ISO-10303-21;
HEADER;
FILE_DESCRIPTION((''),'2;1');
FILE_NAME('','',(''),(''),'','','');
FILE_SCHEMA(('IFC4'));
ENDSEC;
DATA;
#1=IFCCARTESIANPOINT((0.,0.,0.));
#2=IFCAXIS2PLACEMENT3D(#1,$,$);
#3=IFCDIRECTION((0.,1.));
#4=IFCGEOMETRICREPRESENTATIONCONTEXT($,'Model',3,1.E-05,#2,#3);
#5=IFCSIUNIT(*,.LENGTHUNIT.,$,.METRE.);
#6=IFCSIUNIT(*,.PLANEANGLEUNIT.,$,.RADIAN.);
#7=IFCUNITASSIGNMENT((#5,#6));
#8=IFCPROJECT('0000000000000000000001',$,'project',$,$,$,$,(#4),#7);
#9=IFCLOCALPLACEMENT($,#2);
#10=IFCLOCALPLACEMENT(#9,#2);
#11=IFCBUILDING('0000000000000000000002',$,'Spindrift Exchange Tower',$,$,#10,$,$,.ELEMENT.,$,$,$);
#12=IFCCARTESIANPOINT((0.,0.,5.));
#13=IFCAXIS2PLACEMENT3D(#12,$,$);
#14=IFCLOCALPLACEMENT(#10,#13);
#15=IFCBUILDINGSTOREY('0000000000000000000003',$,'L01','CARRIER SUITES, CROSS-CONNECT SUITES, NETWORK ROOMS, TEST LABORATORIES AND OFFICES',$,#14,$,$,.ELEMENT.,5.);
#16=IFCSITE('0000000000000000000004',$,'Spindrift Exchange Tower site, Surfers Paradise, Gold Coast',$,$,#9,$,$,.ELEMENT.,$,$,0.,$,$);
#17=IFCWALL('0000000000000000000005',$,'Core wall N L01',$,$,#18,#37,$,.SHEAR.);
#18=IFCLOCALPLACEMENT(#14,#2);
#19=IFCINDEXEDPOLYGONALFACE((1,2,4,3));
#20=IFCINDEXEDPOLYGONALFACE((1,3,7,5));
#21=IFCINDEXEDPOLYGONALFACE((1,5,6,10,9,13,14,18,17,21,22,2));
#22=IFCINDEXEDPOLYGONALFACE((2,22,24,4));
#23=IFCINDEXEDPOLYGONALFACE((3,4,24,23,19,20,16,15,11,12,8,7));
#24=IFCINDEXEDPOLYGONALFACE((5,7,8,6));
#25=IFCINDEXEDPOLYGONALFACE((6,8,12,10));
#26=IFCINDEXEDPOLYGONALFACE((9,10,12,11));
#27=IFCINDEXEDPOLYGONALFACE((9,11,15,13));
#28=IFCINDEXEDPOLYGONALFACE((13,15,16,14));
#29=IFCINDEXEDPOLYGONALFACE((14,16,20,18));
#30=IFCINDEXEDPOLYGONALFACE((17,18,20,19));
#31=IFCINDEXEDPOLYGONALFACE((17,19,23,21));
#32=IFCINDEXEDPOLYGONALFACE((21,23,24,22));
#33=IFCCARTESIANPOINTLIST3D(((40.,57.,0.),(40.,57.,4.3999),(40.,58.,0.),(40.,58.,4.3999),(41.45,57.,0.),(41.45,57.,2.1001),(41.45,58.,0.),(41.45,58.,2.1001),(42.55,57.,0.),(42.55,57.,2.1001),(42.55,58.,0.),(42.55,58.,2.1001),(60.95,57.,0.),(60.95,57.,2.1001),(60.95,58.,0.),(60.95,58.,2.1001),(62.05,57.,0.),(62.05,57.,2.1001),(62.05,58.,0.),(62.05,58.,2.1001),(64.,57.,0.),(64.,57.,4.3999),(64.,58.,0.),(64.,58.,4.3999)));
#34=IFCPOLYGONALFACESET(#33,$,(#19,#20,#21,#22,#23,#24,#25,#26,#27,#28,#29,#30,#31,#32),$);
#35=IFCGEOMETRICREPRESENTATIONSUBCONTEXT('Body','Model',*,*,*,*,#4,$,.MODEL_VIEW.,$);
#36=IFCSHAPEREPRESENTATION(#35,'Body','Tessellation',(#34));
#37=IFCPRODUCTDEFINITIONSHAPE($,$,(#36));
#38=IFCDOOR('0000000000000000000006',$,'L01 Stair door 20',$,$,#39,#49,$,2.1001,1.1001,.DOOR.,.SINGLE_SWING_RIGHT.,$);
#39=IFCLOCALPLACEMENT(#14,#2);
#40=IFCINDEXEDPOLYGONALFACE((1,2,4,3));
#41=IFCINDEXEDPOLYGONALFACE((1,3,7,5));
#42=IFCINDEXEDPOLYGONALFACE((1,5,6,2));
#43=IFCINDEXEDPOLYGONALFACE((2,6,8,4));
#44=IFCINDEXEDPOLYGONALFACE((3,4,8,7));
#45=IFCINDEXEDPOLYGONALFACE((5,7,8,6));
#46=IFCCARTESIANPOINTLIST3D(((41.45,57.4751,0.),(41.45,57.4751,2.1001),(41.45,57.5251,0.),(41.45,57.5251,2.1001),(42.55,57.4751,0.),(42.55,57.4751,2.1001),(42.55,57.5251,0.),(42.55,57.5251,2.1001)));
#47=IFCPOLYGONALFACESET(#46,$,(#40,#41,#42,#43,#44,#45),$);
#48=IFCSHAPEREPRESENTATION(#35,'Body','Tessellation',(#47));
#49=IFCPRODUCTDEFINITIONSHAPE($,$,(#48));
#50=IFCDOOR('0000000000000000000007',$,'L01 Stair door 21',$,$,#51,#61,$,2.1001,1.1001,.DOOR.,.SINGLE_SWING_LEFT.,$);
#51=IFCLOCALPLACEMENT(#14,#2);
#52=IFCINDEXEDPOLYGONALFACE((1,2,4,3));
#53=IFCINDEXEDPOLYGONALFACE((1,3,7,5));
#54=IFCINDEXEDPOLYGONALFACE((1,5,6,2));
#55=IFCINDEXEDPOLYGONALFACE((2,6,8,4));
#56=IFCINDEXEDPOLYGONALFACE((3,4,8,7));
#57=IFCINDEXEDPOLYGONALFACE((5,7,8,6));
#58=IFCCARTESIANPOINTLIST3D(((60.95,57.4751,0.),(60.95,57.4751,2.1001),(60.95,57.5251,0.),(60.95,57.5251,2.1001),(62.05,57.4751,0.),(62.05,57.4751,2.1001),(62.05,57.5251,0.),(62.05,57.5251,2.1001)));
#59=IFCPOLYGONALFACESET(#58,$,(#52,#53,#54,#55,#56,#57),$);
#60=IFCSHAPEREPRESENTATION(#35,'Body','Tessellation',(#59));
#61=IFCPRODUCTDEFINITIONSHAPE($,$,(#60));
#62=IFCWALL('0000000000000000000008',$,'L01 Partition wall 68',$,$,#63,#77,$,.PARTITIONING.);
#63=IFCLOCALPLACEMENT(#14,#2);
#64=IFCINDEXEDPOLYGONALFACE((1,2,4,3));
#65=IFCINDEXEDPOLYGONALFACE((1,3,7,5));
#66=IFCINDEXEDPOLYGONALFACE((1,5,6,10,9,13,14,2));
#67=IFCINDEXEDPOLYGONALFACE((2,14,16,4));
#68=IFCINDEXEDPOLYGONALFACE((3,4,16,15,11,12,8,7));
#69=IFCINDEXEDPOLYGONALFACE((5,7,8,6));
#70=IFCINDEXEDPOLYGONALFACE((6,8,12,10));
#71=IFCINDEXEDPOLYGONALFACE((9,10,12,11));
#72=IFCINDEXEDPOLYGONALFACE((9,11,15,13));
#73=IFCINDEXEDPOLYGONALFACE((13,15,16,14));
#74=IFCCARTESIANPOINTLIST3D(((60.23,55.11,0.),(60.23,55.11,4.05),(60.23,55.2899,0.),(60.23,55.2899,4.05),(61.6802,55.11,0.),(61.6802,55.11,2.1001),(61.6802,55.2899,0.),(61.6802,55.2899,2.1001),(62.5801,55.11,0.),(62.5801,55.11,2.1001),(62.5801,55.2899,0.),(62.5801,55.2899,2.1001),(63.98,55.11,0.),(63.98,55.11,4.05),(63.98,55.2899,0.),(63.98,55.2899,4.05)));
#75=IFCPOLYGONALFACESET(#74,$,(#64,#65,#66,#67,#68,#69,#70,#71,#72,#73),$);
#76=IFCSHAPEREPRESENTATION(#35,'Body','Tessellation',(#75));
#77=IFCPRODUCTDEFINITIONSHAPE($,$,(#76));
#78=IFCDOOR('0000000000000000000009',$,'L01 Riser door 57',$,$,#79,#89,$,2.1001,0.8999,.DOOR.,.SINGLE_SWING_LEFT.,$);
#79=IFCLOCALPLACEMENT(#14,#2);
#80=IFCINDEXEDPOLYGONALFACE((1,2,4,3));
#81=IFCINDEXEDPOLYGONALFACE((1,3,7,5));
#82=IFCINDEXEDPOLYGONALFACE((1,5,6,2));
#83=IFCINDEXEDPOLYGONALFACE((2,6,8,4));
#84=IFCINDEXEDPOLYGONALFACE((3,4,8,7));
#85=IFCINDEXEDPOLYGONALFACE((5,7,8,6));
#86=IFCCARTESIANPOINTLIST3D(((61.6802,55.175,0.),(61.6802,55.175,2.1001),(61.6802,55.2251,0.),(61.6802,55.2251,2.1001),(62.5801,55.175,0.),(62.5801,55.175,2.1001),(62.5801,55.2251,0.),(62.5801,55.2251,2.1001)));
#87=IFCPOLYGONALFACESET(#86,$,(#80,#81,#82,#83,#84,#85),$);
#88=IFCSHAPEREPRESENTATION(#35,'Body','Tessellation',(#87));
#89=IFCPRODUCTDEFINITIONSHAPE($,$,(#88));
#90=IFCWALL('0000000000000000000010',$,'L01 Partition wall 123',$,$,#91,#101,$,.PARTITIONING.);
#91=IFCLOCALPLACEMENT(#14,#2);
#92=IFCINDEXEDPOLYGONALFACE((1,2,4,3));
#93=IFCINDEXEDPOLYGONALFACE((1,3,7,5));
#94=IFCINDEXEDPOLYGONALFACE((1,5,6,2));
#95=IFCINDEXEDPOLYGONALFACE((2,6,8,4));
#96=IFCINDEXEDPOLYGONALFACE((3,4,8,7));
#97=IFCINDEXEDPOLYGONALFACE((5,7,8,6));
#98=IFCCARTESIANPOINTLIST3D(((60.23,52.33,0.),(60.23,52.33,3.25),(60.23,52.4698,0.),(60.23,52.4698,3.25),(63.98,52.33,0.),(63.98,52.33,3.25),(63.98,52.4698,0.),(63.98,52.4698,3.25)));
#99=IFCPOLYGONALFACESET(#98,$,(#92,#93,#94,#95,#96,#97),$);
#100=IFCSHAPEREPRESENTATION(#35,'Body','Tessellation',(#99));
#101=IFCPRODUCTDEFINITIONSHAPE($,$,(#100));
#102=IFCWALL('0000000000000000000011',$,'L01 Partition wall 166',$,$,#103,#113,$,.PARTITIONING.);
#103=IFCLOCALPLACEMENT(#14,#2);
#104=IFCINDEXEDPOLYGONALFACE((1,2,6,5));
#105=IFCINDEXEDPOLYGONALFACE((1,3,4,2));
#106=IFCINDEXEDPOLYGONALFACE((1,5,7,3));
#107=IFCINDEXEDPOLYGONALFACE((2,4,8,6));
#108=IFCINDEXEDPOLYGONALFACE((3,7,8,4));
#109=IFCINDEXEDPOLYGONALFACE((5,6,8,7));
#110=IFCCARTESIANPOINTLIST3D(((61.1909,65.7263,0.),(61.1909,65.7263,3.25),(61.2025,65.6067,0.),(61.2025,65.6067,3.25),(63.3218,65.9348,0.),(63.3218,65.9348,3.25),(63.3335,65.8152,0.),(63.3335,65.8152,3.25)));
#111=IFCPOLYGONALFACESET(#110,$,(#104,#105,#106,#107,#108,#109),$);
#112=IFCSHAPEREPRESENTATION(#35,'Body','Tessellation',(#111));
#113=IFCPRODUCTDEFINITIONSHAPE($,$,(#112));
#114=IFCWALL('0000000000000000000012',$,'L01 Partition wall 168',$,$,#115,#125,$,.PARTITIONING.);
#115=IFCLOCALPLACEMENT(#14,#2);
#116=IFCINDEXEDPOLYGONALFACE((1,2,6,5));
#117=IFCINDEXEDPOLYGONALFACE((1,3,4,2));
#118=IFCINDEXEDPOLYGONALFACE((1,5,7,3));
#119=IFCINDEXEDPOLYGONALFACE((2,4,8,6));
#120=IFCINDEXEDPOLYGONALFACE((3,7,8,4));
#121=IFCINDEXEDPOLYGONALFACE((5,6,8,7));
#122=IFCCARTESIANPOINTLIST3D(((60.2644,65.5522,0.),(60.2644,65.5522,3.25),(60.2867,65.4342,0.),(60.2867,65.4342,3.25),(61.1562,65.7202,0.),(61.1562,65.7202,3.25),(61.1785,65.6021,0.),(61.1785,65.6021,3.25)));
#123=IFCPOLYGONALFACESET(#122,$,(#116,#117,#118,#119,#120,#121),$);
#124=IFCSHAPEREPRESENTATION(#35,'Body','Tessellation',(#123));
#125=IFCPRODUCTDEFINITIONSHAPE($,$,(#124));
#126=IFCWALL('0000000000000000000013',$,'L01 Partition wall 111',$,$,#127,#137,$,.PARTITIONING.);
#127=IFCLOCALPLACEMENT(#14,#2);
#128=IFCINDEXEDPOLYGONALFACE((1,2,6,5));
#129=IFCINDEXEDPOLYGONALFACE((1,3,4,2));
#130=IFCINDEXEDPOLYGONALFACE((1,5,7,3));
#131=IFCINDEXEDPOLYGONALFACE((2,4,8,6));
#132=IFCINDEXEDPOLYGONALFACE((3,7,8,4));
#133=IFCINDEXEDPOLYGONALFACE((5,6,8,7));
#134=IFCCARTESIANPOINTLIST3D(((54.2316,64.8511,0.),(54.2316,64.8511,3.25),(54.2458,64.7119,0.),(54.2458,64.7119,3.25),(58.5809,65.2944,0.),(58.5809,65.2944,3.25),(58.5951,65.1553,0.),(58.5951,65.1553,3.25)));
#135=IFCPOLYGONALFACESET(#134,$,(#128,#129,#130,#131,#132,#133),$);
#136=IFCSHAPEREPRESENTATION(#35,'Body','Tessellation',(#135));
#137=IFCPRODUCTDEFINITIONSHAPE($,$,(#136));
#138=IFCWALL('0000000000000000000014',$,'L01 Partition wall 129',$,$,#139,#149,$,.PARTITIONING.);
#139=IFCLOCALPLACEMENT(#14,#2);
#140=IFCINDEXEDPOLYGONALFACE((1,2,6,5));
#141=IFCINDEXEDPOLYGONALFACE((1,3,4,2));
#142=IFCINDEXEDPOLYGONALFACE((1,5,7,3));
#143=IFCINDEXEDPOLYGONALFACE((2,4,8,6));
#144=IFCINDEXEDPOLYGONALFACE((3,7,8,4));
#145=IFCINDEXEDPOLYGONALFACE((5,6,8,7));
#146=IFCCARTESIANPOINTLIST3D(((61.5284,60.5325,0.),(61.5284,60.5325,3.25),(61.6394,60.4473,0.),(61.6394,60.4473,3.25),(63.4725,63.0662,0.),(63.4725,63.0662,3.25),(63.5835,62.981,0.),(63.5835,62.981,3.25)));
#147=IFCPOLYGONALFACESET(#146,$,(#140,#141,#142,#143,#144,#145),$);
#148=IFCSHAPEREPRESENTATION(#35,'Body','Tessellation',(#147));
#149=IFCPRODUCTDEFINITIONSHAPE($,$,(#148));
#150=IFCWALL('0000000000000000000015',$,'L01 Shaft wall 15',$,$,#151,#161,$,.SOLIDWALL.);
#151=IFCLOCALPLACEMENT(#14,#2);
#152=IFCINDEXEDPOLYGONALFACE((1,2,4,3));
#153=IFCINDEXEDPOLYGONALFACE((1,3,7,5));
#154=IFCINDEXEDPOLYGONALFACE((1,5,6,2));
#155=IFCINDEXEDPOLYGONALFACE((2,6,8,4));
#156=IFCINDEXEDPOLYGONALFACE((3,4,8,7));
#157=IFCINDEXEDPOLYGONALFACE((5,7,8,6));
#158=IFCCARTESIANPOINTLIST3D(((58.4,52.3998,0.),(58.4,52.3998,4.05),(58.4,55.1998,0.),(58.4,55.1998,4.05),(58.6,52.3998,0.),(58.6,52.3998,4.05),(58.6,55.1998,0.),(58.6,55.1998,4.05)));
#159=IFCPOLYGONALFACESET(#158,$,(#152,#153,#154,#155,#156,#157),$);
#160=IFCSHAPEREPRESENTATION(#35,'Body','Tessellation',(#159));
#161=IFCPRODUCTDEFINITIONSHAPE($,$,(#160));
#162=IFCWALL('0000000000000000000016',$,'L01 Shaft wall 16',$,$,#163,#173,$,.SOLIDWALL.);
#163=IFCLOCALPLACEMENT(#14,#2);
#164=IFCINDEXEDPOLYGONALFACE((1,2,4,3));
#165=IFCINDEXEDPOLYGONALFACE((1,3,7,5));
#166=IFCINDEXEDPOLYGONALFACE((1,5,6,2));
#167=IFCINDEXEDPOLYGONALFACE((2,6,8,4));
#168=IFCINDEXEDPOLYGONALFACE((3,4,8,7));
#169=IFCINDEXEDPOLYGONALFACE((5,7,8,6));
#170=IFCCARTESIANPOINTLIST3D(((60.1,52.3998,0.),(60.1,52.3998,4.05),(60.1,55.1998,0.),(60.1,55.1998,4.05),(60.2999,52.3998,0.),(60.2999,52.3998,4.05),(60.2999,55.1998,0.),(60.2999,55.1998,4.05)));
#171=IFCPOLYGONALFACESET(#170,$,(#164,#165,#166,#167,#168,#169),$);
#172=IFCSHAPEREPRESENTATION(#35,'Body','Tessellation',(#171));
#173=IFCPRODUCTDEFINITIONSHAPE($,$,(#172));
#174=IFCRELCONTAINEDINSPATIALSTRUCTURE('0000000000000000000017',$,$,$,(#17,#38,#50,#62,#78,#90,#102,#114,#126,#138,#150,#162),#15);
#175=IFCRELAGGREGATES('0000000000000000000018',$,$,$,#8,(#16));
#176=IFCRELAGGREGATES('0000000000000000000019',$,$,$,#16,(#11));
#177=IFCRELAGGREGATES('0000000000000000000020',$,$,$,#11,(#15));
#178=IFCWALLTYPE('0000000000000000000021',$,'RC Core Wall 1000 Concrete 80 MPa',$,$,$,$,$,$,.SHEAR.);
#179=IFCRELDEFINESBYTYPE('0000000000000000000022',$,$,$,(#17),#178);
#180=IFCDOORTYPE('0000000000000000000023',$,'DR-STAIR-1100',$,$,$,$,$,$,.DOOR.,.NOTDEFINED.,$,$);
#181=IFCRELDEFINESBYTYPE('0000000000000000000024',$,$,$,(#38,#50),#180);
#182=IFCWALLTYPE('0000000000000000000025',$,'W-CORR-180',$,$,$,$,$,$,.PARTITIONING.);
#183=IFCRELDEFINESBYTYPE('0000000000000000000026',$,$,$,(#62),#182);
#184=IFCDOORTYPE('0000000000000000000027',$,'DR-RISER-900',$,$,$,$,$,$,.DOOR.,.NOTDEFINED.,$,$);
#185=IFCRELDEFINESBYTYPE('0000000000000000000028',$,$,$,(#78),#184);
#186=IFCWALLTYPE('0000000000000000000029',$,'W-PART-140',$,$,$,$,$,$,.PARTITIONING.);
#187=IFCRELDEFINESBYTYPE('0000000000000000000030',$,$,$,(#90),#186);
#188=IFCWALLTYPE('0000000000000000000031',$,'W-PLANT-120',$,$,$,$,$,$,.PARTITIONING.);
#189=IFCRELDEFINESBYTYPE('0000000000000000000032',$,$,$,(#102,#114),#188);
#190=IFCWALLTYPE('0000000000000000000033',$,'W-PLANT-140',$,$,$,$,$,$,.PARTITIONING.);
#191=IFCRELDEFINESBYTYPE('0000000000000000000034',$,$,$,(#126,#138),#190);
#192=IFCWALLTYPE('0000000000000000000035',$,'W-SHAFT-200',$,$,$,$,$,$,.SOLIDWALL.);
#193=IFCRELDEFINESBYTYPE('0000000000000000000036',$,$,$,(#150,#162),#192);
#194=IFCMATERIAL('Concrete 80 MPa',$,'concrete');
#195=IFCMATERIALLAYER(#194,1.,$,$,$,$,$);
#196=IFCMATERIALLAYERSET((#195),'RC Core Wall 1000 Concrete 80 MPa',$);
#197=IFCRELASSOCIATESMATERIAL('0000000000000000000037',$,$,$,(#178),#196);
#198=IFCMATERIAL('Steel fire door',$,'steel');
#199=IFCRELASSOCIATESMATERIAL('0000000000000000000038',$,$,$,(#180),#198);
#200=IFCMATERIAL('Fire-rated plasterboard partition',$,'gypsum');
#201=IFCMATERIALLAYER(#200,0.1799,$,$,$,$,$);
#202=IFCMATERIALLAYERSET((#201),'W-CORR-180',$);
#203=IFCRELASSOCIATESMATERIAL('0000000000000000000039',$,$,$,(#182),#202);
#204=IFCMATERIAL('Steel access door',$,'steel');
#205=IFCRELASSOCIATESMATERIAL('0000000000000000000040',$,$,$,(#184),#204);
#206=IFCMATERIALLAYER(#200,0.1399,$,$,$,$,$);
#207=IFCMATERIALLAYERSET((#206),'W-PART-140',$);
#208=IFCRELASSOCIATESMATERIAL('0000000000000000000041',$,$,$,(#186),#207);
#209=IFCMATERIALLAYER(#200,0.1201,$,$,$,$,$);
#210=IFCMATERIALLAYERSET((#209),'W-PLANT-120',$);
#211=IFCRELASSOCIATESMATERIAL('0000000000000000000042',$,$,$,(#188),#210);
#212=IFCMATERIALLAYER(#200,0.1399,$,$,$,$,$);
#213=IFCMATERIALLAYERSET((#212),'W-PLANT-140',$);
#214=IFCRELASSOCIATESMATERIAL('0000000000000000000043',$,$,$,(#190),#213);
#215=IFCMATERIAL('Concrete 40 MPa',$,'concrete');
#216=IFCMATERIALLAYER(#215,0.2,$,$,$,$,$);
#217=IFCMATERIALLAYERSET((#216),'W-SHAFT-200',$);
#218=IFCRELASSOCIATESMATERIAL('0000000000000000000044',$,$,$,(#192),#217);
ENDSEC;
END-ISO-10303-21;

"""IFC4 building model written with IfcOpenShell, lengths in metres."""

from ifc_helpers import new_model, si_unit, direction, frame, frame_2d, origin, place, context, subcontext, project, spatial, rectangle, extrude, source, transform, mapped, material, layer, layer_set, type_object, element, fill, save


model = new_model("IFC4")

# Units and contexts
model_context = context("Model", 3, precision=1e-05, world=origin(), true_north=direction((0.0, 1.0)))
body_context = subcontext(model_context, "Body", "Model", "MODEL_VIEW")
ifc_project = project(units=[si_unit("LENGTHUNIT", "METRE"), si_unit("PLANEANGLEUNIT", "RADIAN")], contexts=[model_context])

# Site, building, storey
site_placement = place(None, origin())
site = spatial("IfcSite", under=ifc_project, at=site_placement, Name="Spindrift Exchange Tower site, Surfers Paradise, Gold Coast", CompositionType="ELEMENT", RefElevation=0.0)
building_placement = place(site_placement, origin())
building = spatial("IfcBuilding", under=site, at=building_placement, Name="Spindrift Exchange Tower", CompositionType="ELEMENT")
storey_placement = place(building_placement, frame((0.0, 0.0, 5.0)))
storey = spatial("IfcBuildingStorey", under=building, at=storey_placement, Name="L01", Description="CARRIER SUITES, CROSS-CONNECT SUITES, NETWORK ROOMS, TEST LABORATORIES AND OFFICES", CompositionType="ELEMENT", Elevation=5.0)

# Shared definitions
ifc_material_1 = material(Name="Concrete 80 MPa", Category="concrete")

# Wall, openings, doors
ifc_layer_1 = layer(ifc_material_1, 1.0)
ifc_layer_set_1 = layer_set([ifc_layer_1], Name="RC Core Wall 1000 Concrete 80 MPa")
wall_type_1 = type_object("IfcWallType", Name="RC Core Wall 1000 Concrete 80 MPa", PredefinedType="SHEAR", material=ifc_layer_set_1)
wall_1_placement = place(storey_placement, frame((64.0, 57.5, 0.0), z_axis=(0.0, 0.0, 1.0), x_axis=(-1.0, 0.0, 0.0)))
wall_1 = element("IfcWall", 1, at=wall_1_placement, inside=storey, type_object=wall_type_1, Name="Core wall N L01", PredefinedType="SHEAR", context=body_context, shape_type="SweptSolid", body=[
    extrude(rectangle(XDim=24.0, YDim=1.0, at=frame_2d((12.0, 0.0))), origin(), (0.0, 0.0, 1.0), 4.3999),
])
opening_1_placement = place(wall_1_placement, frame((21.45, 0.0, 0.0)))
opening_1 = element("IfcOpeningElement", 2, at=opening_1_placement, cuts=wall_1, PredefinedType="OPENING", context=body_context, shape_type="SweptSolid", body=[
    extrude(rectangle(XDim=1.1001, YDim=2.1001, at=frame_2d((0.55, 1.05))), frame((0.0, 0.51, 0.0), z_axis=(0.0, -1.0, 0.0), x_axis=(1.0, 0.0, 0.0)), (0.0, 0.0, 1.0), 1.02),
])
opening_2_placement = place(wall_1_placement, frame((1.95, 0.0, 0.0)))
opening_2 = element("IfcOpeningElement", 3, at=opening_2_placement, cuts=wall_1, PredefinedType="OPENING", context=body_context, shape_type="SweptSolid", body=[
    extrude(rectangle(XDim=1.1001, YDim=2.1001, at=frame_2d((0.55, 1.05))), frame((0.0, 0.51, 0.0), z_axis=(0.0, -1.0, 0.0), x_axis=(1.0, 0.0, 0.0)), (0.0, 0.0, 1.0), 1.02),
])
ifc_material_2 = material(Name="Steel fire door", Category="steel")
door_type_1 = type_object("IfcDoorType", Name="DR-STAIR-1100", OperationType="NOTDEFINED", PredefinedType="DOOR", material=ifc_material_2)
shared_shape_1 = source(origin(), body_context, "Body", "SweptSolid", [
    extrude(rectangle(XDim=1.1001, YDim=2.1001, at=frame_2d((0.55, 1.05))), frame((0.0, 0.0249, 0.0), z_axis=(0.0, -1.0, 0.0), x_axis=(1.0, 0.0, 0.0)), (0.0, 0.0, 1.0), 0.05),
])
door_1_placement = place(opening_1_placement, origin())
door_1 = element("IfcDoor", 4, at=door_1_placement, inside=storey, type_object=door_type_1, Name="L01 Stair door 20", OperationType="SINGLE_SWING_RIGHT", OverallHeight=2.1001, OverallWidth=1.1001, PredefinedType="DOOR", context=body_context, shape_type="MappedRepresentation", body=[
    mapped(shared_shape_1, transform((0.0, 0.0, 0.0), scale=1.0)),
])
fill(opening_1, door_1)
door_2_placement = place(opening_2_placement, origin())
door_2 = element("IfcDoor", 5, at=door_2_placement, inside=storey, type_object=door_type_1, Name="L01 Stair door 21", OperationType="SINGLE_SWING_LEFT", OverallHeight=2.1001, OverallWidth=1.1001, PredefinedType="DOOR", context=body_context, shape_type="MappedRepresentation", body=[
    mapped(shared_shape_1, transform((0.0, 0.0, 0.0), scale=1.0)),
])
fill(opening_2, door_2)

# Wall, opening, door
ifc_material_3 = material(Name="Fire-rated plasterboard partition", Category="gypsum")
ifc_layer_2 = layer(ifc_material_3, 0.1799)
ifc_layer_set_2 = layer_set([ifc_layer_2], Name="W-CORR-180")
wall_type_2 = type_object("IfcWallType", Name="W-CORR-180", PredefinedType="PARTITIONING", material=ifc_layer_set_2)
wall_2_placement = place(storey_placement, frame((63.98, 55.2, 0.0), z_axis=(0.0, 0.0, 1.0), x_axis=(-1.0, 0.0, 0.0)))
wall_2 = element("IfcWall", 6, at=wall_2_placement, inside=storey, type_object=wall_type_2, Name="L01 Partition wall 68", PredefinedType="PARTITIONING", context=body_context, shape_type="SweptSolid", body=[
    extrude(rectangle(XDim=3.75, YDim=0.1799, at=frame_2d((1.875, 0.0))), origin(), (0.0, 0.0, 1.0), 4.05),
])
opening_3_placement = place(wall_2_placement, frame((1.3999, 0.0, 0.0)))
opening_3 = element("IfcOpeningElement", 7, at=opening_3_placement, cuts=wall_2, PredefinedType="OPENING", context=body_context, shape_type="SweptSolid", body=[
    extrude(rectangle(XDim=0.8999, YDim=2.1001, at=frame_2d((0.45, 1.05))), frame((0.0, 0.0999, 0.0), z_axis=(0.0, -1.0, 0.0), x_axis=(1.0, 0.0, 0.0)), (0.0, 0.0, 1.0), 0.2),
])
ifc_material_4 = material(Name="Steel access door", Category="steel")
door_type_2 = type_object("IfcDoorType", Name="DR-RISER-900", OperationType="NOTDEFINED", PredefinedType="DOOR", material=ifc_material_4)
shared_shape_2 = source(origin(), body_context, "Body", "SweptSolid", [
    extrude(rectangle(XDim=0.8999, YDim=2.1001, at=frame_2d((0.45, 1.05))), frame((0.0, 0.0249, 0.0), z_axis=(0.0, -1.0, 0.0), x_axis=(1.0, 0.0, 0.0)), (0.0, 0.0, 1.0), 0.05),
])
door_3_placement = place(opening_3_placement, origin())
door_3 = element("IfcDoor", 8, at=door_3_placement, inside=storey, type_object=door_type_2, Name="L01 Riser door 57", OperationType="SINGLE_SWING_LEFT", OverallHeight=2.1001, OverallWidth=0.8999, PredefinedType="DOOR", context=body_context, shape_type="MappedRepresentation", body=[
    mapped(shared_shape_2, transform((0.0, 0.0, 0.0), scale=1.0)),
])
fill(opening_3, door_3)

# Walls
ifc_layer_3 = layer(ifc_material_3, 0.1399)
ifc_layer_set_3 = layer_set([ifc_layer_3], Name="W-PART-140")
wall_type_3 = type_object("IfcWallType", Name="W-PART-140", PredefinedType="PARTITIONING", material=ifc_layer_set_3)
wall_3_placement = place(storey_placement, frame((63.98, 52.3999, 0.0), z_axis=(0.0, 0.0, 1.0), x_axis=(-1.0, 0.0, 0.0)))
element("IfcWall", 9, at=wall_3_placement, inside=storey, type_object=wall_type_3, Name="L01 Partition wall 123", PredefinedType="PARTITIONING", context=body_context, shape_type="SweptSolid", body=[
    extrude(rectangle(XDim=3.75, YDim=0.1399, at=frame_2d((1.875, 0.0))), origin(), (0.0, 0.0, 1.0), 3.25),
])
ifc_layer_4 = layer(ifc_material_3, 0.1201)
ifc_layer_set_4 = layer_set([ifc_layer_4], Name="W-PLANT-120")
wall_type_4 = type_object("IfcWallType", Name="W-PLANT-120", PredefinedType="PARTITIONING", material=ifc_layer_set_4)
wall_4_placement = place(storey_placement, frame((63.3276, 65.875, 0.0), z_axis=(0.0, 0.0, 1.0), x_axis=(-0.995247, -0.097381, 0.0)))
element("IfcWall", 10, at=wall_4_placement, inside=storey, type_object=wall_type_4, Name="L01 Partition wall 166", PredefinedType="PARTITIONING", context=body_context, shape_type="SweptSolid", body=[
    extrude(rectangle(XDim=2.1411, YDim=0.1201, at=frame_2d((1.0706, 0.0))), origin(), (0.0, 0.0, 1.0), 3.25),
])
wall_5_placement = place(storey_placement, frame((61.1672, 65.6611, 0.0), z_axis=(0.0, 0.0, 1.0), x_axis=(-0.982723, -0.185084, 0.0)))
element("IfcWall", 11, at=wall_5_placement, inside=storey, type_object=wall_type_4, Name="L01 Partition wall 168", PredefinedType="PARTITIONING", context=body_context, shape_type="SweptSolid", body=[
    extrude(rectangle(XDim=0.9075, YDim=0.1201, at=frame_2d((0.4536, 0.0))), origin(), (0.0, 0.0, 1.0), 3.25),
])
ifc_layer_5 = layer(ifc_material_3, 0.1399)
ifc_layer_set_5 = layer_set([ifc_layer_5], Name="W-PLANT-140")
wall_type_5 = type_object("IfcWallType", Name="W-PLANT-140", PredefinedType="PARTITIONING", material=ifc_layer_set_5)
wall_6_placement = place(storey_placement, frame((58.5881, 65.2249, 0.0), z_axis=(0.0, 0.0, 1.0), x_axis=(-0.994845, -0.101411, 0.0)))
element("IfcWall", 12, at=wall_6_placement, inside=storey, type_object=wall_type_5, Name="L01 Partition wall 111", PredefinedType="PARTITIONING", context=body_context, shape_type="SweptSolid", body=[
    extrude(rectangle(XDim=4.3718, YDim=0.1399, at=frame_2d((2.186, 0.0))), origin(), (0.0, 0.0, 1.0), 3.25),
])
wall_7_placement = place(storey_placement, frame((61.584, 60.49, 0.0), z_axis=(0.0, 0.0, 1.0), x_axis=(0.608746, 0.793365, 0.0)))
element("IfcWall", 13, at=wall_7_placement, inside=storey, type_object=wall_type_5, Name="L01 Partition wall 129", PredefinedType="PARTITIONING", context=body_context, shape_type="SweptSolid", body=[
    extrude(rectangle(XDim=3.1936, YDim=0.1399, at=frame_2d((1.5967, 0.0))), origin(), (0.0, 0.0, 1.0), 3.25),
])
ifc_material_5 = material(Name="Concrete 40 MPa", Category="concrete")
ifc_layer_6 = layer(ifc_material_5, 0.2)
ifc_layer_set_6 = layer_set([ifc_layer_6], Name="W-SHAFT-200")
wall_type_6 = type_object("IfcWallType", Name="W-SHAFT-200", PredefinedType="SOLIDWALL", material=ifc_layer_set_6)
for number, where, z_axis, x_axis, name in (
    (14, (58.5, 52.3999, 0.0), (0.0, 0.0, 1.0), (0.0, 1.0, 0.0), "L01 Shaft wall 15"),
    (15, (60.2, 52.3999, 0.0), (0.0, 0.0, 1.0), (0.0, 1.0, 0.0), "L01 Shaft wall 16"),
):
    element("IfcWall", number, at=place(storey_placement, frame(where, z_axis=z_axis, x_axis=x_axis)), inside=storey, type_object=wall_type_6, Name=name, PredefinedType="SOLIDWALL", context=body_context, shape_type="SweptSolid", body=[
        extrude(rectangle(XDim=2.8, YDim=0.2, at=frame_2d((1.3999, 0.0))), origin(), (0.0, 0.0, 1.0), 4.05),
    ])

save(model, "model.ifc")
